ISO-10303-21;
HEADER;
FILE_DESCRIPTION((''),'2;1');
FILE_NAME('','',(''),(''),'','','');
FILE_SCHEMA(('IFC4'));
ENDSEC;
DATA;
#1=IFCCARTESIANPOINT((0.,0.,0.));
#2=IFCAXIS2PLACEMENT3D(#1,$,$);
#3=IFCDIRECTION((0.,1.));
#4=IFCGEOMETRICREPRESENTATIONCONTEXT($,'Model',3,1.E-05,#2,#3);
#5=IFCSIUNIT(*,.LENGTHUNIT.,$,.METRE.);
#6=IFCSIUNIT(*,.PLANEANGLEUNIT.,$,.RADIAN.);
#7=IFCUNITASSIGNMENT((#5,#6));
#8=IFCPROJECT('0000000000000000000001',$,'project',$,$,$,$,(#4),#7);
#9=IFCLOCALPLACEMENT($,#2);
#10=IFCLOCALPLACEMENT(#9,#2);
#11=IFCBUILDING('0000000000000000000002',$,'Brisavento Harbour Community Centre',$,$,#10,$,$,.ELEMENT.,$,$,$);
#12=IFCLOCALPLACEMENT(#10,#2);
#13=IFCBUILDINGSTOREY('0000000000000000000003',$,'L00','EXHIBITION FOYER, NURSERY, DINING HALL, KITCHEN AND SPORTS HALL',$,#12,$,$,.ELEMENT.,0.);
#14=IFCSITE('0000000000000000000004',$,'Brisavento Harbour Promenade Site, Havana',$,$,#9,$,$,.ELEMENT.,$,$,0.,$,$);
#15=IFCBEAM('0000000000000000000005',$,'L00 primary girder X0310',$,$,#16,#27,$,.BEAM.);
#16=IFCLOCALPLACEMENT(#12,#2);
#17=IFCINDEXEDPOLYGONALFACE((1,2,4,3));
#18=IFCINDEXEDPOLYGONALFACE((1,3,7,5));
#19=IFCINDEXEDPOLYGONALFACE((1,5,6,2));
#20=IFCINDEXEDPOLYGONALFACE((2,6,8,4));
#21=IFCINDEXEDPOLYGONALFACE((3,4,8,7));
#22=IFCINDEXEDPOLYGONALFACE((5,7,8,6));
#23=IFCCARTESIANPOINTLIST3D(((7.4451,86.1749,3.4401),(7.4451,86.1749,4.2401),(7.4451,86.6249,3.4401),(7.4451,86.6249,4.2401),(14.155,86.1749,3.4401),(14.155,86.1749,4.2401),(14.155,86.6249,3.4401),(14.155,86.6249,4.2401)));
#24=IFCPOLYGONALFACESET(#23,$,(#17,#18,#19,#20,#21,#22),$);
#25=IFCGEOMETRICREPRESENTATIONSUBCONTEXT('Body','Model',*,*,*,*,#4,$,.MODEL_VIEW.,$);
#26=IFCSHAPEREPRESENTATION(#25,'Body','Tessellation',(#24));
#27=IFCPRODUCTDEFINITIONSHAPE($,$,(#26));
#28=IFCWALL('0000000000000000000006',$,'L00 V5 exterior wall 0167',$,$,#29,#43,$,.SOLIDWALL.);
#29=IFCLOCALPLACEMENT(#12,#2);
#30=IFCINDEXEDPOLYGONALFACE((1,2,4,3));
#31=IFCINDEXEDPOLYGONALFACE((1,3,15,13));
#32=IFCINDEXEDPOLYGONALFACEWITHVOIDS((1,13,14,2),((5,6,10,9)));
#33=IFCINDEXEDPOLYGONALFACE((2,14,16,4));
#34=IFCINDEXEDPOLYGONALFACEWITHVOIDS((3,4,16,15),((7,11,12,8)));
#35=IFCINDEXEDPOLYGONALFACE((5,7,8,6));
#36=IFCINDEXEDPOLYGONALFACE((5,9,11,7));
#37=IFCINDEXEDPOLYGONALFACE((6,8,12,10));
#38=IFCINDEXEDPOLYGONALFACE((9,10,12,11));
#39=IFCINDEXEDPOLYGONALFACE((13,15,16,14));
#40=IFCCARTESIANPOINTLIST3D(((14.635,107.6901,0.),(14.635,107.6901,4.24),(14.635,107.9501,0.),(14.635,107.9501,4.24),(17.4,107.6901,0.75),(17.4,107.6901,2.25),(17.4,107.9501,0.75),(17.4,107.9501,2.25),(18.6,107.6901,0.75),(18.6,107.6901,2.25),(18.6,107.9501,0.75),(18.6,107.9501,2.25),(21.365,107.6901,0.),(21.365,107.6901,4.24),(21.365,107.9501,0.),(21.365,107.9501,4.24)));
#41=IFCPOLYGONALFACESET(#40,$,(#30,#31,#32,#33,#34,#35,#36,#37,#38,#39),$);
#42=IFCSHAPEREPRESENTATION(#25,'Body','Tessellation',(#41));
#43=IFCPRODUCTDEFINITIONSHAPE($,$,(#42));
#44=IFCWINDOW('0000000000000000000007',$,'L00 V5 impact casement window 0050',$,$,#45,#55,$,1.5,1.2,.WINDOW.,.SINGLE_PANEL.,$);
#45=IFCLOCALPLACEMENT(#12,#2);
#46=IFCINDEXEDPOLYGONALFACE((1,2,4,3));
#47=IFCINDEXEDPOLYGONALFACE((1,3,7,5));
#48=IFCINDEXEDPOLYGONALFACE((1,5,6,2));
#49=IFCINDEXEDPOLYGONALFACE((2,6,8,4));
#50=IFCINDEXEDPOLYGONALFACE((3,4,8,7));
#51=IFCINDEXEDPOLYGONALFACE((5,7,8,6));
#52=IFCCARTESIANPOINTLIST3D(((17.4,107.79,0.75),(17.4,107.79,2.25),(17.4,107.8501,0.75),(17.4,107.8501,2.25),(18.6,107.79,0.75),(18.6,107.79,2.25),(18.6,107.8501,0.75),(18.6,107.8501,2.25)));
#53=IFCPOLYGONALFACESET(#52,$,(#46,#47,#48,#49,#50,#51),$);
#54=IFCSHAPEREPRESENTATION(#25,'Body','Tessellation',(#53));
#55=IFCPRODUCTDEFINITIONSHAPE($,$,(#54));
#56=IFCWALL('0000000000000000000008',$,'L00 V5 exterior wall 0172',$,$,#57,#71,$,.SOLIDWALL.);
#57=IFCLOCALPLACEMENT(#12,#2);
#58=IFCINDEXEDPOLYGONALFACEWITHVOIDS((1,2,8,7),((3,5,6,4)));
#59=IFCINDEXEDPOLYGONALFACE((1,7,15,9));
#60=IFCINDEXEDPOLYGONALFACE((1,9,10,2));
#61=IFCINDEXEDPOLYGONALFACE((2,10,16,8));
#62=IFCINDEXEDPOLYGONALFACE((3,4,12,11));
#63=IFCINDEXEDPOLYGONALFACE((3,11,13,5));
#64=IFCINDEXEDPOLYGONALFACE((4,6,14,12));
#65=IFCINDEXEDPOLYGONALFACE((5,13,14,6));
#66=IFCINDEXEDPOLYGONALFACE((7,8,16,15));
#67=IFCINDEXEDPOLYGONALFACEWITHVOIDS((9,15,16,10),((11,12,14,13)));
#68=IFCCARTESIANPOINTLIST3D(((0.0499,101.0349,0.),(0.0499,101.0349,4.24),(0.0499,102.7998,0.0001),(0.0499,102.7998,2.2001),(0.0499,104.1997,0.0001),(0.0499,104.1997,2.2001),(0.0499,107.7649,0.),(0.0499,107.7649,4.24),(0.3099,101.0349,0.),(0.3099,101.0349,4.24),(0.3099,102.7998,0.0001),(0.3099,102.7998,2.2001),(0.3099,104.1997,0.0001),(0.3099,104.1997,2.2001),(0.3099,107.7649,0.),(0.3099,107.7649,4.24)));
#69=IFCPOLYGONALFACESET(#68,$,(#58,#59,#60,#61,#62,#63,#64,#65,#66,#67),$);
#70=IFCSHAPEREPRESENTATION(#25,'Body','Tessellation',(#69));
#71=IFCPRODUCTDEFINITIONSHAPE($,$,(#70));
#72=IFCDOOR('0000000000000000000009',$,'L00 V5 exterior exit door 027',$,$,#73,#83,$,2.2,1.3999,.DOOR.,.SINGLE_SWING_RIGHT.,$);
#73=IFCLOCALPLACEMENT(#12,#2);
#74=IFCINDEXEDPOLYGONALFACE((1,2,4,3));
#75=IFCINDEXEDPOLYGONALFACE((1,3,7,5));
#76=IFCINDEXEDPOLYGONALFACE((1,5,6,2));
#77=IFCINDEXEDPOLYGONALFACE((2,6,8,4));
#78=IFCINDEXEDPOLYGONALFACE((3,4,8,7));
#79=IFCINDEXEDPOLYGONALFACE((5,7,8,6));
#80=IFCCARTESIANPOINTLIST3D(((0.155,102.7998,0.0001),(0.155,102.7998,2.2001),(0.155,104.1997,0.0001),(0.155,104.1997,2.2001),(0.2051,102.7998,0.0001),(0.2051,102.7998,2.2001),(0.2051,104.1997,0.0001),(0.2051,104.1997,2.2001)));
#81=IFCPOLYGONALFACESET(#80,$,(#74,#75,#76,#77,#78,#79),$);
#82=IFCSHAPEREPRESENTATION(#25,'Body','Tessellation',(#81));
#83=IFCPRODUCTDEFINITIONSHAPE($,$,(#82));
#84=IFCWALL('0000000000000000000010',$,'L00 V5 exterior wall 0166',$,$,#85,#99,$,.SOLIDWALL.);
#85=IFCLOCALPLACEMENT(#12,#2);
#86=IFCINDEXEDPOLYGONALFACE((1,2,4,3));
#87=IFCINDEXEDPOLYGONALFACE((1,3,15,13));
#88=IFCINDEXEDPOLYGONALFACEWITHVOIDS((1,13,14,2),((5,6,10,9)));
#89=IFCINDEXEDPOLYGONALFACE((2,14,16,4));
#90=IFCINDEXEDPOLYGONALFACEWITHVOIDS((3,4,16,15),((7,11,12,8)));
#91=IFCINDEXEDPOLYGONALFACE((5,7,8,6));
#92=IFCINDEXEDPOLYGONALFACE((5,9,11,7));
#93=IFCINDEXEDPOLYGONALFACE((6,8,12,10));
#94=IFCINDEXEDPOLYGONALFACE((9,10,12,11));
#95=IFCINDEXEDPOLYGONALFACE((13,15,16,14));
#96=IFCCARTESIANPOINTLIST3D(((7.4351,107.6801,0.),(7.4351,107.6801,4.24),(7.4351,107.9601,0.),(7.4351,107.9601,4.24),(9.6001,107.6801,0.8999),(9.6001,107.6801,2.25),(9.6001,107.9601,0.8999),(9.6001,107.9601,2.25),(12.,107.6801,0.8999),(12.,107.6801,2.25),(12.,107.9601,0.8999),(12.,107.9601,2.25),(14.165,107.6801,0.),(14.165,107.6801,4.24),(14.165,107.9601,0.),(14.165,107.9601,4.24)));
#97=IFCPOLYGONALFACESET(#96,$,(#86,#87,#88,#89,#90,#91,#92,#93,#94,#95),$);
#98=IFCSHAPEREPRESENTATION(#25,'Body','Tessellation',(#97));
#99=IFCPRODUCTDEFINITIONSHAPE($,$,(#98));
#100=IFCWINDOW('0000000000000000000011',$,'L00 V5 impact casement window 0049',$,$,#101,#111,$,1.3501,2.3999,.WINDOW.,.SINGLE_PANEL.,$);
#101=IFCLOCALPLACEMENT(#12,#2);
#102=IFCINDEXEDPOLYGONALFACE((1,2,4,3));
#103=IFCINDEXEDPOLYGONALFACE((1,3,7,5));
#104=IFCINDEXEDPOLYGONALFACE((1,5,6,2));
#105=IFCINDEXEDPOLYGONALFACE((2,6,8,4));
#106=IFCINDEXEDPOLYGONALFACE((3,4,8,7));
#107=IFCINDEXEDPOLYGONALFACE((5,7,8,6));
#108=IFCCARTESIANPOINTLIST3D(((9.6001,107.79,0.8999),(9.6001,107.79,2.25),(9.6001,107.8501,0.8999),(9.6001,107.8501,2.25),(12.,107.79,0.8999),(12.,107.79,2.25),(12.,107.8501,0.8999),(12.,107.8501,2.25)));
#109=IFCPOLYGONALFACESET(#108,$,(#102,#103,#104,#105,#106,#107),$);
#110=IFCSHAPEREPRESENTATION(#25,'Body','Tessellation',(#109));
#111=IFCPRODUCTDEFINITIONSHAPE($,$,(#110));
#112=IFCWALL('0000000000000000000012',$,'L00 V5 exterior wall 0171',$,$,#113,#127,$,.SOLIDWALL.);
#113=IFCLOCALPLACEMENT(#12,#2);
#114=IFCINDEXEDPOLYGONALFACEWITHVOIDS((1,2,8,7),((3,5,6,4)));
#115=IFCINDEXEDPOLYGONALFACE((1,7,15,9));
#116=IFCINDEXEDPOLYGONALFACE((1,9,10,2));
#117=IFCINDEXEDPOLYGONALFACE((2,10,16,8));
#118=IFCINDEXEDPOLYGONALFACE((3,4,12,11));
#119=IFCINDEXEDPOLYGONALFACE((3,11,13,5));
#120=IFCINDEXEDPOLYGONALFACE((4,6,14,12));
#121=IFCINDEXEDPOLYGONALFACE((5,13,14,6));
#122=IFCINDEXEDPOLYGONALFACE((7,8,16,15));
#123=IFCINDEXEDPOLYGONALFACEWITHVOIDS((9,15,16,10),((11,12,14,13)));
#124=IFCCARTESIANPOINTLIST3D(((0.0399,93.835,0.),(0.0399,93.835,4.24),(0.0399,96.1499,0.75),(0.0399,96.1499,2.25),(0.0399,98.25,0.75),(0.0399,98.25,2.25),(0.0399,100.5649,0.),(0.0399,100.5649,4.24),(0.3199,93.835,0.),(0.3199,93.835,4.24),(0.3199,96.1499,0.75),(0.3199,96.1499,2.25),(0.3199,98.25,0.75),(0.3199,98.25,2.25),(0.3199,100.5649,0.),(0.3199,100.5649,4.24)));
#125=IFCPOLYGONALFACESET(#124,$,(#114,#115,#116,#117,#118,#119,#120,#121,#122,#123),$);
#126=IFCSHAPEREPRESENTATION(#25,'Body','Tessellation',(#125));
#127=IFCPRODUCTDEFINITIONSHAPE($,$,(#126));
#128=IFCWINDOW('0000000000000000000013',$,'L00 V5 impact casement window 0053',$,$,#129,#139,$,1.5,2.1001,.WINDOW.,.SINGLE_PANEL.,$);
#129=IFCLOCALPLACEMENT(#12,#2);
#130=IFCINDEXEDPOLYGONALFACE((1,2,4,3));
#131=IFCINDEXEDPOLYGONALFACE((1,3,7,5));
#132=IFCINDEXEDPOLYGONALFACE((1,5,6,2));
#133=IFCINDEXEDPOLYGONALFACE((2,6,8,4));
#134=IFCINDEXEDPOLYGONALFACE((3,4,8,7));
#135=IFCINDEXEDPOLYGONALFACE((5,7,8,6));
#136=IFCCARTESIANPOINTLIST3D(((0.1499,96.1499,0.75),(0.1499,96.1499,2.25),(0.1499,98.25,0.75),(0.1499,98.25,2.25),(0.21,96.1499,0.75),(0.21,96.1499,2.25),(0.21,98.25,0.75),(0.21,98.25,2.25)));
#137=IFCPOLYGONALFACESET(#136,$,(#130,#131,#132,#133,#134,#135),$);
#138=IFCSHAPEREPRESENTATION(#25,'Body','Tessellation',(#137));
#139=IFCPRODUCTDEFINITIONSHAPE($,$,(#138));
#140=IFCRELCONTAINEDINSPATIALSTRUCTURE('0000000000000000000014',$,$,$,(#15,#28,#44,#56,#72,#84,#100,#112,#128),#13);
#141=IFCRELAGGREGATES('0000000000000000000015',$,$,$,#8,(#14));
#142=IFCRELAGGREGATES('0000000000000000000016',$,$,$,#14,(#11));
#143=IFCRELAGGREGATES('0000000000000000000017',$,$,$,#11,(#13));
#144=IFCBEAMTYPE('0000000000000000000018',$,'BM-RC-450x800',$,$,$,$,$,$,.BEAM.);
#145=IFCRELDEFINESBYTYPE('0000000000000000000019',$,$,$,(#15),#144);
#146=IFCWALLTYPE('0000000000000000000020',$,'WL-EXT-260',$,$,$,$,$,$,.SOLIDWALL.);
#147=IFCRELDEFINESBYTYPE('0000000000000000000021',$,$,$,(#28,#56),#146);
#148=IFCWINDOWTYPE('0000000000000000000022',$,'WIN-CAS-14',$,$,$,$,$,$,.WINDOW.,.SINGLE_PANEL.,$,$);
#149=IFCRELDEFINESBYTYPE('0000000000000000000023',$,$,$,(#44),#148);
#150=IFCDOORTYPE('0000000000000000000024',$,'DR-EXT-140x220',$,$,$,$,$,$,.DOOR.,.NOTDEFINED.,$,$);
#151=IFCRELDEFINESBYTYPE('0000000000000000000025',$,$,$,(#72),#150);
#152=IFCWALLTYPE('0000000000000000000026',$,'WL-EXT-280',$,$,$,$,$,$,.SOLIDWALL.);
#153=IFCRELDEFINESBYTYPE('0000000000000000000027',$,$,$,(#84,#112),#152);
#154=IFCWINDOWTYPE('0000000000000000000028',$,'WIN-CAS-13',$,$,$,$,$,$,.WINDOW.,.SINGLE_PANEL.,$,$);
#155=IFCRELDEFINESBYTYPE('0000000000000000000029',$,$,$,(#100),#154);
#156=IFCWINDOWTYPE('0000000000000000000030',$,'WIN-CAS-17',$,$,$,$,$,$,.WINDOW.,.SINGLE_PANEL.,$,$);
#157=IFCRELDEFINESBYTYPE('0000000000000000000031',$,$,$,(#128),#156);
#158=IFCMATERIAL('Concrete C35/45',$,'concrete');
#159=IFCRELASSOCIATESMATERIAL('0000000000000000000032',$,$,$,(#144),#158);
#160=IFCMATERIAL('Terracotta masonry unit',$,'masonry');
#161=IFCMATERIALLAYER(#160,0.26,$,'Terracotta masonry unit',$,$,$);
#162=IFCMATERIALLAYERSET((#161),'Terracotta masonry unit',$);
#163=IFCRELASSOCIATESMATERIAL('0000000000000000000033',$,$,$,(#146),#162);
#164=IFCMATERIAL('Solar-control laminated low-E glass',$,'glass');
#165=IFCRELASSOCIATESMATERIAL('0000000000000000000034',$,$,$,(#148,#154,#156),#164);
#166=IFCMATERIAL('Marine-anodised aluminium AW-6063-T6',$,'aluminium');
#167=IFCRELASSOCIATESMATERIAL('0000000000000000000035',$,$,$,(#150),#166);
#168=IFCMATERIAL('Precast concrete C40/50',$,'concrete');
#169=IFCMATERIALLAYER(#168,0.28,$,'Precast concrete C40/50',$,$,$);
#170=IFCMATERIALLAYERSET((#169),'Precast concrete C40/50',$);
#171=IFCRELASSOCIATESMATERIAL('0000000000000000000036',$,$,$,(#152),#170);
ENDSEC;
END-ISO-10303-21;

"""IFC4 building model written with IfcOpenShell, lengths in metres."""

from ifc_helpers import new_model, si_unit, direction, frame, frame_2d, origin, origin_2d, place, context, subcontext, project, spatial, rectangle, extrude, material, layer, layer_set, material_profile, profile_set, type_object, element, fill, save


model = new_model("IFC4")

# Units and contexts
model_context = context("Model", 3, precision=1e-05, world=origin(), true_north=direction((0.0, 1.0)))
body_context = subcontext(model_context, "Body", "Model", "MODEL_VIEW")
ifc_project = project(units=[si_unit("LENGTHUNIT", "METRE"), si_unit("PLANEANGLEUNIT", "RADIAN")], contexts=[model_context])

# Site, building, storey
site_placement = place(None, origin())
site = spatial("IfcSite", under=ifc_project, at=site_placement, Name="Brisavento Harbour Promenade Site, Havana", CompositionType="ELEMENT", RefElevation=0.0)
building_placement = place(site_placement, origin())
building = spatial("IfcBuilding", under=site, at=building_placement, Name="Brisavento Harbour Community Centre", CompositionType="ELEMENT")
storey_placement = place(building_placement, origin())
storey = spatial("IfcBuildingStorey", under=building, at=storey_placement, Name="L00", Description="EXHIBITION FOYER, NURSERY, DINING HALL, KITCHEN AND SPORTS HALL", CompositionType="ELEMENT", Elevation=0.0)

# Shared definitions
ifc_material_1 = material(Name="Concrete C35/45", Category="concrete")

# Beam
ifc_material_profile_1 = material_profile(ifc_material_1, rectangle(XDim=0.45, YDim=0.8, at=origin_2d()), Name="Concrete C35/45")
ifc_profile_set_1 = profile_set([ifc_material_profile_1], Name="Concrete C35/45")
beam_type_1 = type_object("IfcBeamType", Name="BM-RC-450x800", PredefinedType="BEAM", material=ifc_profile_set_1)
beam_1_placement = place(storey_placement, frame((7.4451, 86.3999, 3.8401), z_axis=(1.0, 0.0, 0.0), x_axis=(0.0, 1.0, 0.0)))
element("IfcBeam", 1, at=beam_1_placement, inside=storey, type_object=beam_type_1, Name="L00 primary girder X0310", PredefinedType="BEAM", context=body_context, shape_type="SweptSolid", body=[
    extrude(rectangle(XDim=0.45, YDim=0.8, at=origin_2d()), origin(), (0.0, 0.0, 1.0), 6.71),
])

# Wall, opening, window
ifc_material_2 = material(Name="Terracotta masonry unit", Category="masonry")
ifc_layer_1 = layer(ifc_material_2, 0.26, Name="Terracotta masonry unit")
ifc_layer_set_1 = layer_set([ifc_layer_1], Name="Terracotta masonry unit")
wall_type_1 = type_object("IfcWallType", Name="WL-EXT-260", PredefinedType="SOLIDWALL", material=ifc_layer_set_1)
wall_1_placement = place(storey_placement, frame((14.635, 107.8201, 0.0), z_axis=(0.0, 0.0, 1.0), x_axis=(1.0, 0.0, 0.0)))
wall_1 = element("IfcWall", 2, at=wall_1_placement, inside=storey, type_object=wall_type_1, Name="L00 V5 exterior wall 0167", PredefinedType="SOLIDWALL", context=body_context, shape_type="SweptSolid", body=[
    extrude(rectangle(XDim=6.73, YDim=0.26, at=frame_2d((3.365, 0.0))), origin(), (0.0, 0.0, 1.0), 4.24),
])
opening_1_placement = place(wall_1_placement, frame((2.7649, 0.0, 0.75)))
opening_1 = element("IfcOpeningElement", 3, at=opening_1_placement, cuts=wall_1, PredefinedType="OPENING", context=body_context, shape_type="SweptSolid", body=[
    extrude(rectangle(XDim=1.2, YDim=1.5, at=frame_2d((0.6001, 0.75))), frame((0.0, 0.1401, 0.0), z_axis=(0.0, -1.0, 0.0), x_axis=(1.0, 0.0, 0.0)), (0.0, 0.0, 1.0), 0.28),
])
ifc_material_3 = material(Name="Solar-control laminated low-E glass", Category="glass")
window_type_1 = type_object("IfcWindowType", Name="WIN-CAS-14", PartitioningType="SINGLE_PANEL", PredefinedType="WINDOW", material=ifc_material_3)
window_1_placement = place(opening_1_placement, origin())
window_1 = element("IfcWindow", 4, at=window_1_placement, inside=storey, type_object=window_type_1, Name="L00 V5 impact casement window 0050", OverallHeight=1.5, OverallWidth=1.2, PartitioningType="SINGLE_PANEL", PredefinedType="WINDOW", context=body_context, shape_type="SweptSolid", body=[
    extrude(rectangle(XDim=1.2, YDim=1.5, at=frame_2d((0.6001, 0.75))), frame((0.0, 0.03, 0.0), z_axis=(0.0, -1.0, 0.0), x_axis=(1.0, 0.0, 0.0)), (0.0, 0.0, 1.0), 0.0601),
])
fill(opening_1, window_1)

# Wall, opening, door
wall_2_placement = place(storey_placement, frame((0.1799, 101.0349, 0.0), z_axis=(0.0, 0.0, 1.0), x_axis=(0.0, 1.0, 0.0)))
wall_2 = element("IfcWall", 5, at=wall_2_placement, inside=storey, type_object=wall_type_1, Name="L00 V5 exterior wall 0172", PredefinedType="SOLIDWALL", context=body_context, shape_type="SweptSolid", body=[
    extrude(rectangle(XDim=6.73, YDim=0.26, at=frame_2d((3.365, 0.0))), origin(), (0.0, 0.0, 1.0), 4.24),
])
opening_2_placement = place(wall_2_placement, frame((1.7649, 0.0, 0.0)))
opening_2 = element("IfcOpeningElement", 6, at=opening_2_placement, cuts=wall_2, PredefinedType="OPENING", context=body_context, shape_type="SweptSolid", body=[
    extrude(rectangle(XDim=1.3999, YDim=2.2, at=frame_2d((0.7, 1.1001))), frame((0.0, 0.1401, 0.0), z_axis=(0.0, -1.0, 0.0), x_axis=(1.0, 0.0, 0.0)), (0.0, 0.0, 1.0), 0.28),
])
ifc_material_4 = material(Name="Marine-anodised aluminium AW-6063-T6", Category="aluminium")
door_type_1 = type_object("IfcDoorType", Name="DR-EXT-140x220", OperationType="NOTDEFINED", PredefinedType="DOOR", material=ifc_material_4)
door_1_placement = place(opening_2_placement, origin())
door_1 = element("IfcDoor", 7, at=door_1_placement, inside=storey, type_object=door_type_1, Name="L00 V5 exterior exit door 027", OperationType="SINGLE_SWING_RIGHT", OverallHeight=2.2, OverallWidth=1.3999, PredefinedType="DOOR", context=body_context, shape_type="SweptSolid", body=[
    extrude(rectangle(XDim=1.3999, YDim=2.2, at=frame_2d((0.7, 1.1001))), frame((0.0, 0.0249, 0.0), z_axis=(0.0, -1.0, 0.0), x_axis=(1.0, 0.0, 0.0)), (0.0, 0.0, 1.0), 0.05),
])
fill(opening_2, door_1)

# Walls, openings, windows
ifc_material_5 = material(Name="Precast concrete C40/50", Category="concrete")
ifc_layer_2 = layer(ifc_material_5, 0.28, Name="Precast concrete C40/50")
ifc_layer_set_2 = layer_set([ifc_layer_2], Name="Precast concrete C40/50")
wall_type_2 = type_object("IfcWallType", Name="WL-EXT-280", PredefinedType="SOLIDWALL", material=ifc_layer_set_2)
wall_3_placement = place(storey_placement, frame((7.4351, 107.8201, 0.0), z_axis=(0.0, 0.0, 1.0), x_axis=(1.0, 0.0, 0.0)))
wall_3 = element("IfcWall", 8, at=wall_3_placement, inside=storey, type_object=wall_type_2, Name="L00 V5 exterior wall 0166", PredefinedType="SOLIDWALL", context=body_context, shape_type="SweptSolid", body=[
    extrude(rectangle(XDim=6.73, YDim=0.28, at=frame_2d((3.365, 0.0))), origin(), (0.0, 0.0, 1.0), 4.24),
])
opening_3_placement = place(wall_3_placement, frame((2.165, 0.0, 0.8999)))
opening_3 = element("IfcOpeningElement", 9, at=opening_3_placement, cuts=wall_3, PredefinedType="OPENING", context=body_context, shape_type="SweptSolid", body=[
    extrude(rectangle(XDim=2.3999, YDim=1.3501, at=frame_2d((1.2, 0.675))), frame((0.0, 0.1499, 0.0), z_axis=(0.0, -1.0, 0.0), x_axis=(1.0, 0.0, 0.0)), (0.0, 0.0, 1.0), 0.3),
])
window_type_2 = type_object("IfcWindowType", Name="WIN-CAS-13", PartitioningType="SINGLE_PANEL", PredefinedType="WINDOW", material=ifc_material_3)
window_2_placement = place(opening_3_placement, origin())
window_2 = element("IfcWindow", 10, at=window_2_placement, inside=storey, type_object=window_type_2, Name="L00 V5 impact casement window 0049", OverallHeight=1.3501, OverallWidth=2.3999, PartitioningType="SINGLE_PANEL", PredefinedType="WINDOW", context=body_context, shape_type="SweptSolid", body=[
    extrude(rectangle(XDim=2.3999, YDim=1.3501, at=frame_2d((1.2, 0.675))), frame((0.0, 0.03, 0.0), z_axis=(0.0, -1.0, 0.0), x_axis=(1.0, 0.0, 0.0)), (0.0, 0.0, 1.0), 0.0601),
])
fill(opening_3, window_2)
wall_4_placement = place(storey_placement, frame((0.1799, 93.835, 0.0), z_axis=(0.0, 0.0, 1.0), x_axis=(0.0, 1.0, 0.0)))
wall_4 = element("IfcWall", 11, at=wall_4_placement, inside=storey, type_object=wall_type_2, Name="L00 V5 exterior wall 0171", PredefinedType="SOLIDWALL", context=body_context, shape_type="SweptSolid", body=[
    extrude(rectangle(XDim=6.73, YDim=0.28, at=frame_2d((3.365, 0.0))), origin(), (0.0, 0.0, 1.0), 4.24),
])
opening_4_placement = place(wall_4_placement, frame((2.3149, 0.0, 0.75)))
opening_4 = element("IfcOpeningElement", 12, at=opening_4_placement, cuts=wall_4, PredefinedType="OPENING", context=body_context, shape_type="SweptSolid", body=[
    extrude(rectangle(XDim=2.1001, YDim=1.5, at=frame_2d((1.05, 0.75))), frame((0.0, 0.1499, 0.0), z_axis=(0.0, -1.0, 0.0), x_axis=(1.0, 0.0, 0.0)), (0.0, 0.0, 1.0), 0.3),
])
window_type_3 = type_object("IfcWindowType", Name="WIN-CAS-17", PartitioningType="SINGLE_PANEL", PredefinedType="WINDOW", material=ifc_material_3)
window_3_placement = place(opening_4_placement, origin())
window_3 = element("IfcWindow", 13, at=window_3_placement, inside=storey, type_object=window_type_3, Name="L00 V5 impact casement window 0053", OverallHeight=1.5, OverallWidth=2.1001, PartitioningType="SINGLE_PANEL", PredefinedType="WINDOW", context=body_context, shape_type="SweptSolid", body=[
    extrude(rectangle(XDim=2.1001, YDim=1.5, at=frame_2d((1.05, 0.75))), frame((0.0, 0.03, 0.0), z_axis=(0.0, -1.0, 0.0), x_axis=(1.0, 0.0, 0.0)), (0.0, 0.0, 1.0), 0.0601),
])
fill(opening_4, window_3)

save(model, "model.ifc")
